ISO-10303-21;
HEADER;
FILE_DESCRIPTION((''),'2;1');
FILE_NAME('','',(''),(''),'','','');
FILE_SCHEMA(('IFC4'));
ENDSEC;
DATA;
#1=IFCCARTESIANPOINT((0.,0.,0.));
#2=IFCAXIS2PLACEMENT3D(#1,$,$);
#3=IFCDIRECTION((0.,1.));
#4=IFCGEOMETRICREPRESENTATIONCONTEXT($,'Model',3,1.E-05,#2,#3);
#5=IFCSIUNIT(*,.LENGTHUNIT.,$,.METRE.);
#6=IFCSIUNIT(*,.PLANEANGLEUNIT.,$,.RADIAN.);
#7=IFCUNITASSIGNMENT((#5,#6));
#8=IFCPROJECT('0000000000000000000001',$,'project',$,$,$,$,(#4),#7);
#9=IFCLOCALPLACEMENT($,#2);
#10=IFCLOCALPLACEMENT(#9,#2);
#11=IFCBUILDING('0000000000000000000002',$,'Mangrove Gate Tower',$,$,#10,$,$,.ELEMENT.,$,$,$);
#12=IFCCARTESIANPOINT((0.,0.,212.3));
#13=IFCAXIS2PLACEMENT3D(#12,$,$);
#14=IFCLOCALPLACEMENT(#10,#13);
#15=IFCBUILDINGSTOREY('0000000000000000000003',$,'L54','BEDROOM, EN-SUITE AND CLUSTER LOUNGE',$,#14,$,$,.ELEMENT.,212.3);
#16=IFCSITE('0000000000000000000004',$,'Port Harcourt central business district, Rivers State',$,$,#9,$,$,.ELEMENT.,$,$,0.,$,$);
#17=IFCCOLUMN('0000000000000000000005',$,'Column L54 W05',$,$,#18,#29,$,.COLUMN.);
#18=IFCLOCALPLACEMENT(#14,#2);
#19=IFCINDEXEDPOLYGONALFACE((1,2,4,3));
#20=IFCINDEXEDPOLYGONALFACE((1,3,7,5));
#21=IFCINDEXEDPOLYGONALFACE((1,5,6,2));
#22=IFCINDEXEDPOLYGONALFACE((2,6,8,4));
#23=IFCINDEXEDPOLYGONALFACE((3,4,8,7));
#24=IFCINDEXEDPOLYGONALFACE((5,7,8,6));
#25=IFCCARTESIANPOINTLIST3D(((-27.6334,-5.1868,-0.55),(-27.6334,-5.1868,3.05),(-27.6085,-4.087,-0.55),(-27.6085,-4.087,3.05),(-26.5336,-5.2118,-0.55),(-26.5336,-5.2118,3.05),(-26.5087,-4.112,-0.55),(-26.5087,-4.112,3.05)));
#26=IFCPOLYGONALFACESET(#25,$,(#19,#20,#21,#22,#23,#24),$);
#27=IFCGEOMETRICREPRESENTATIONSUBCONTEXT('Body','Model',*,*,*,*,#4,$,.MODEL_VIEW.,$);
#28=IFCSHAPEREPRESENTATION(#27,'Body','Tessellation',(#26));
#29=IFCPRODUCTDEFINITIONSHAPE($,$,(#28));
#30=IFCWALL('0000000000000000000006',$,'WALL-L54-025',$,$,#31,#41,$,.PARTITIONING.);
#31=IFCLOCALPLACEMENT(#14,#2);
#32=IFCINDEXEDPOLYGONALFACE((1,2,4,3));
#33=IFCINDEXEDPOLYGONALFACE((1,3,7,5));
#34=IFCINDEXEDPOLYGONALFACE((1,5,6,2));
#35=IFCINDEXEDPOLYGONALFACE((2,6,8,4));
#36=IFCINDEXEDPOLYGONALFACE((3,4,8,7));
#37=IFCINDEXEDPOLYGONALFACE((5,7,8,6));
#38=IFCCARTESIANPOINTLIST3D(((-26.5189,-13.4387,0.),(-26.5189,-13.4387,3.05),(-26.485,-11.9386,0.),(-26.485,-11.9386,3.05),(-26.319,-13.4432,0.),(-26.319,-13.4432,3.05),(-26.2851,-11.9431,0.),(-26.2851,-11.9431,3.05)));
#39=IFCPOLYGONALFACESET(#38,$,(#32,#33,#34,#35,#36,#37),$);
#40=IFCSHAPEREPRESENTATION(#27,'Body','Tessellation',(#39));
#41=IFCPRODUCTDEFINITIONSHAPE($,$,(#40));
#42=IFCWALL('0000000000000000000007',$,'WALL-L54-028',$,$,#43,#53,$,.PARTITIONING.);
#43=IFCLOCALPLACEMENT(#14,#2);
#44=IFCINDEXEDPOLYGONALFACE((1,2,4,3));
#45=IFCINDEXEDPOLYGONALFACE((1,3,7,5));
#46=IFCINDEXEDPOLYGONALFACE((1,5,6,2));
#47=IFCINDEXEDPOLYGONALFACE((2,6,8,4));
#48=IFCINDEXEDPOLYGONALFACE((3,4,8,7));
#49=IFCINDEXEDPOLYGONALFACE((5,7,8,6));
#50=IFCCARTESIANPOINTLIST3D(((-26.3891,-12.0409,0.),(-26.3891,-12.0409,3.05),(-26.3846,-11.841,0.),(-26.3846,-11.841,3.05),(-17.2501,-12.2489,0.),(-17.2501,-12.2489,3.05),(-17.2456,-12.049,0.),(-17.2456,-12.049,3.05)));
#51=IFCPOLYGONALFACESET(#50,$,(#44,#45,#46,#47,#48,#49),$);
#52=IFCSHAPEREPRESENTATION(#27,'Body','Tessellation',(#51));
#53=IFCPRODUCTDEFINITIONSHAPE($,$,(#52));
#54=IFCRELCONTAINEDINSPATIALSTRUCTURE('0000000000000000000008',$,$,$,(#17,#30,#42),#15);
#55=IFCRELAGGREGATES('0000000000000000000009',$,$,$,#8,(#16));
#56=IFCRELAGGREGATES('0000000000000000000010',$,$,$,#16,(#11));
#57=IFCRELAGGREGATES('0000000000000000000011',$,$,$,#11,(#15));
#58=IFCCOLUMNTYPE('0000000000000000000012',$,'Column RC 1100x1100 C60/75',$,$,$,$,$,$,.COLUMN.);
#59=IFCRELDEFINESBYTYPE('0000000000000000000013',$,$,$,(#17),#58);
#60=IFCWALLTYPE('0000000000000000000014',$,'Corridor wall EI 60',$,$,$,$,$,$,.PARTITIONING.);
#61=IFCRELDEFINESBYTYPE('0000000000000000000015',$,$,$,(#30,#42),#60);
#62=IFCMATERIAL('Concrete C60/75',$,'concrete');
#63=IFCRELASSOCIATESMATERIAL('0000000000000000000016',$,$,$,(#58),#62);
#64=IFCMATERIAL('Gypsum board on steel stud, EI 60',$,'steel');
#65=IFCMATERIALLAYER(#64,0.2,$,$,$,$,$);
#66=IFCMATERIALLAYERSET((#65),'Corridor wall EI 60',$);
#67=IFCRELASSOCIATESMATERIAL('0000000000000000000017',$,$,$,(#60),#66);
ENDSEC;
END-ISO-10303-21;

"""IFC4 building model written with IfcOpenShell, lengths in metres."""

from ifc_helpers import new_model, si_unit, direction, frame, frame_2d, origin, origin_2d, place, context, subcontext, project, spatial, rectangle, extrude, material, layer, layer_set, material_profile, profile_set, type_object, element, save


model = new_model("IFC4")

# Units and contexts
model_context = context("Model", 3, precision=1e-05, world=origin(), true_north=direction((0.0, 1.0)))
body_context = subcontext(model_context, "Body", "Model", "MODEL_VIEW")
ifc_project = project(units=[si_unit("LENGTHUNIT", "METRE"), si_unit("PLANEANGLEUNIT", "RADIAN")], contexts=[model_context])

# Site, building, storey
site_placement = place(None, origin())
site = spatial("IfcSite", under=ifc_project, at=site_placement, Name="Port Harcourt central business district, Rivers State", CompositionType="ELEMENT", RefElevation=0.0)
building_placement = place(site_placement, origin())
building = spatial("IfcBuilding", under=site, at=building_placement, Name="Mangrove Gate Tower", CompositionType="ELEMENT")
storey_placement = place(building_placement, frame((0.0, 0.0, 212.3)))
storey = spatial("IfcBuildingStorey", under=building, at=storey_placement, Name="L54", Description="BEDROOM, EN-SUITE AND CLUSTER LOUNGE", CompositionType="ELEMENT", Elevation=212.3)

# Column
ifc_material_1 = material(Name="Concrete C60/75", Category="concrete")
ifc_material_profile = material_profile(ifc_material_1, rectangle(XDim=1.1001, YDim=1.1001, at=origin_2d()))
ifc_profile_set = profile_set([ifc_material_profile], Name="Concrete C60/75")
column_type = type_object("IfcColumnType", Name="Column RC 1100x1100 C60/75", PredefinedType="COLUMN", material=ifc_profile_set)
column_placement = place(storey_placement, frame((-27.071, -4.6494, -0.55), z_axis=(0.0, 0.0, 1.0), x_axis=(-0.022682, -0.999743, 0.0)))
element("IfcColumn", 1, at=column_placement, inside=storey, type_object=column_type, Name="Column L54 W05", PredefinedType="COLUMN", context=body_context, shape_type="SweptSolid", body=[
    extrude(rectangle(XDim=1.1001, YDim=1.1001, at=origin_2d()), origin(), (0.0, 0.0, 1.0), 3.6001),
])

# Shared definitions
ifc_material_2 = material(Name="Gypsum board on steel stud, EI 60", Category="steel")
ifc_layer = layer(ifc_material_2, 0.2)
ifc_layer_set = layer_set([ifc_layer], Name="Corridor wall EI 60")
wall_type = type_object("IfcWallType", Name="Corridor wall EI 60", PredefinedType="PARTITIONING", material=ifc_layer_set)

# Walls
wall_1_placement = place(storey_placement, frame((-26.4189, -13.4409, 0.0), z_axis=(0.0, 0.0, 1.0), x_axis=(0.022618, 0.999744, 0.0)))
element("IfcWall", 2, at=wall_1_placement, inside=storey, type_object=wall_type, Name="WALL-L54-025", PredefinedType="PARTITIONING", context=body_context, shape_type="SweptSolid", body=[
    extrude(rectangle(XDim=1.5005, YDim=0.2, at=frame_2d((0.7502, 0.0))), origin(), (0.0, 0.0, 1.0), 3.05),
])
wall_2_placement = place(storey_placement, frame((-26.387, -11.9409, 0.0), z_axis=(0.0, 0.0, 1.0), x_axis=(0.999741, -0.022755, 0.0)))
element("IfcWall", 3, at=wall_2_placement, inside=storey, type_object=wall_type, Name="WALL-L54-028", PredefinedType="PARTITIONING", context=body_context, shape_type="SweptSolid", body=[
    extrude(rectangle(XDim=9.1414, YDim=0.2, at=frame_2d((4.5708, 0.0))), origin(), (0.0, 0.0, 1.0), 3.05),
])

save(model, "model.ifc")
